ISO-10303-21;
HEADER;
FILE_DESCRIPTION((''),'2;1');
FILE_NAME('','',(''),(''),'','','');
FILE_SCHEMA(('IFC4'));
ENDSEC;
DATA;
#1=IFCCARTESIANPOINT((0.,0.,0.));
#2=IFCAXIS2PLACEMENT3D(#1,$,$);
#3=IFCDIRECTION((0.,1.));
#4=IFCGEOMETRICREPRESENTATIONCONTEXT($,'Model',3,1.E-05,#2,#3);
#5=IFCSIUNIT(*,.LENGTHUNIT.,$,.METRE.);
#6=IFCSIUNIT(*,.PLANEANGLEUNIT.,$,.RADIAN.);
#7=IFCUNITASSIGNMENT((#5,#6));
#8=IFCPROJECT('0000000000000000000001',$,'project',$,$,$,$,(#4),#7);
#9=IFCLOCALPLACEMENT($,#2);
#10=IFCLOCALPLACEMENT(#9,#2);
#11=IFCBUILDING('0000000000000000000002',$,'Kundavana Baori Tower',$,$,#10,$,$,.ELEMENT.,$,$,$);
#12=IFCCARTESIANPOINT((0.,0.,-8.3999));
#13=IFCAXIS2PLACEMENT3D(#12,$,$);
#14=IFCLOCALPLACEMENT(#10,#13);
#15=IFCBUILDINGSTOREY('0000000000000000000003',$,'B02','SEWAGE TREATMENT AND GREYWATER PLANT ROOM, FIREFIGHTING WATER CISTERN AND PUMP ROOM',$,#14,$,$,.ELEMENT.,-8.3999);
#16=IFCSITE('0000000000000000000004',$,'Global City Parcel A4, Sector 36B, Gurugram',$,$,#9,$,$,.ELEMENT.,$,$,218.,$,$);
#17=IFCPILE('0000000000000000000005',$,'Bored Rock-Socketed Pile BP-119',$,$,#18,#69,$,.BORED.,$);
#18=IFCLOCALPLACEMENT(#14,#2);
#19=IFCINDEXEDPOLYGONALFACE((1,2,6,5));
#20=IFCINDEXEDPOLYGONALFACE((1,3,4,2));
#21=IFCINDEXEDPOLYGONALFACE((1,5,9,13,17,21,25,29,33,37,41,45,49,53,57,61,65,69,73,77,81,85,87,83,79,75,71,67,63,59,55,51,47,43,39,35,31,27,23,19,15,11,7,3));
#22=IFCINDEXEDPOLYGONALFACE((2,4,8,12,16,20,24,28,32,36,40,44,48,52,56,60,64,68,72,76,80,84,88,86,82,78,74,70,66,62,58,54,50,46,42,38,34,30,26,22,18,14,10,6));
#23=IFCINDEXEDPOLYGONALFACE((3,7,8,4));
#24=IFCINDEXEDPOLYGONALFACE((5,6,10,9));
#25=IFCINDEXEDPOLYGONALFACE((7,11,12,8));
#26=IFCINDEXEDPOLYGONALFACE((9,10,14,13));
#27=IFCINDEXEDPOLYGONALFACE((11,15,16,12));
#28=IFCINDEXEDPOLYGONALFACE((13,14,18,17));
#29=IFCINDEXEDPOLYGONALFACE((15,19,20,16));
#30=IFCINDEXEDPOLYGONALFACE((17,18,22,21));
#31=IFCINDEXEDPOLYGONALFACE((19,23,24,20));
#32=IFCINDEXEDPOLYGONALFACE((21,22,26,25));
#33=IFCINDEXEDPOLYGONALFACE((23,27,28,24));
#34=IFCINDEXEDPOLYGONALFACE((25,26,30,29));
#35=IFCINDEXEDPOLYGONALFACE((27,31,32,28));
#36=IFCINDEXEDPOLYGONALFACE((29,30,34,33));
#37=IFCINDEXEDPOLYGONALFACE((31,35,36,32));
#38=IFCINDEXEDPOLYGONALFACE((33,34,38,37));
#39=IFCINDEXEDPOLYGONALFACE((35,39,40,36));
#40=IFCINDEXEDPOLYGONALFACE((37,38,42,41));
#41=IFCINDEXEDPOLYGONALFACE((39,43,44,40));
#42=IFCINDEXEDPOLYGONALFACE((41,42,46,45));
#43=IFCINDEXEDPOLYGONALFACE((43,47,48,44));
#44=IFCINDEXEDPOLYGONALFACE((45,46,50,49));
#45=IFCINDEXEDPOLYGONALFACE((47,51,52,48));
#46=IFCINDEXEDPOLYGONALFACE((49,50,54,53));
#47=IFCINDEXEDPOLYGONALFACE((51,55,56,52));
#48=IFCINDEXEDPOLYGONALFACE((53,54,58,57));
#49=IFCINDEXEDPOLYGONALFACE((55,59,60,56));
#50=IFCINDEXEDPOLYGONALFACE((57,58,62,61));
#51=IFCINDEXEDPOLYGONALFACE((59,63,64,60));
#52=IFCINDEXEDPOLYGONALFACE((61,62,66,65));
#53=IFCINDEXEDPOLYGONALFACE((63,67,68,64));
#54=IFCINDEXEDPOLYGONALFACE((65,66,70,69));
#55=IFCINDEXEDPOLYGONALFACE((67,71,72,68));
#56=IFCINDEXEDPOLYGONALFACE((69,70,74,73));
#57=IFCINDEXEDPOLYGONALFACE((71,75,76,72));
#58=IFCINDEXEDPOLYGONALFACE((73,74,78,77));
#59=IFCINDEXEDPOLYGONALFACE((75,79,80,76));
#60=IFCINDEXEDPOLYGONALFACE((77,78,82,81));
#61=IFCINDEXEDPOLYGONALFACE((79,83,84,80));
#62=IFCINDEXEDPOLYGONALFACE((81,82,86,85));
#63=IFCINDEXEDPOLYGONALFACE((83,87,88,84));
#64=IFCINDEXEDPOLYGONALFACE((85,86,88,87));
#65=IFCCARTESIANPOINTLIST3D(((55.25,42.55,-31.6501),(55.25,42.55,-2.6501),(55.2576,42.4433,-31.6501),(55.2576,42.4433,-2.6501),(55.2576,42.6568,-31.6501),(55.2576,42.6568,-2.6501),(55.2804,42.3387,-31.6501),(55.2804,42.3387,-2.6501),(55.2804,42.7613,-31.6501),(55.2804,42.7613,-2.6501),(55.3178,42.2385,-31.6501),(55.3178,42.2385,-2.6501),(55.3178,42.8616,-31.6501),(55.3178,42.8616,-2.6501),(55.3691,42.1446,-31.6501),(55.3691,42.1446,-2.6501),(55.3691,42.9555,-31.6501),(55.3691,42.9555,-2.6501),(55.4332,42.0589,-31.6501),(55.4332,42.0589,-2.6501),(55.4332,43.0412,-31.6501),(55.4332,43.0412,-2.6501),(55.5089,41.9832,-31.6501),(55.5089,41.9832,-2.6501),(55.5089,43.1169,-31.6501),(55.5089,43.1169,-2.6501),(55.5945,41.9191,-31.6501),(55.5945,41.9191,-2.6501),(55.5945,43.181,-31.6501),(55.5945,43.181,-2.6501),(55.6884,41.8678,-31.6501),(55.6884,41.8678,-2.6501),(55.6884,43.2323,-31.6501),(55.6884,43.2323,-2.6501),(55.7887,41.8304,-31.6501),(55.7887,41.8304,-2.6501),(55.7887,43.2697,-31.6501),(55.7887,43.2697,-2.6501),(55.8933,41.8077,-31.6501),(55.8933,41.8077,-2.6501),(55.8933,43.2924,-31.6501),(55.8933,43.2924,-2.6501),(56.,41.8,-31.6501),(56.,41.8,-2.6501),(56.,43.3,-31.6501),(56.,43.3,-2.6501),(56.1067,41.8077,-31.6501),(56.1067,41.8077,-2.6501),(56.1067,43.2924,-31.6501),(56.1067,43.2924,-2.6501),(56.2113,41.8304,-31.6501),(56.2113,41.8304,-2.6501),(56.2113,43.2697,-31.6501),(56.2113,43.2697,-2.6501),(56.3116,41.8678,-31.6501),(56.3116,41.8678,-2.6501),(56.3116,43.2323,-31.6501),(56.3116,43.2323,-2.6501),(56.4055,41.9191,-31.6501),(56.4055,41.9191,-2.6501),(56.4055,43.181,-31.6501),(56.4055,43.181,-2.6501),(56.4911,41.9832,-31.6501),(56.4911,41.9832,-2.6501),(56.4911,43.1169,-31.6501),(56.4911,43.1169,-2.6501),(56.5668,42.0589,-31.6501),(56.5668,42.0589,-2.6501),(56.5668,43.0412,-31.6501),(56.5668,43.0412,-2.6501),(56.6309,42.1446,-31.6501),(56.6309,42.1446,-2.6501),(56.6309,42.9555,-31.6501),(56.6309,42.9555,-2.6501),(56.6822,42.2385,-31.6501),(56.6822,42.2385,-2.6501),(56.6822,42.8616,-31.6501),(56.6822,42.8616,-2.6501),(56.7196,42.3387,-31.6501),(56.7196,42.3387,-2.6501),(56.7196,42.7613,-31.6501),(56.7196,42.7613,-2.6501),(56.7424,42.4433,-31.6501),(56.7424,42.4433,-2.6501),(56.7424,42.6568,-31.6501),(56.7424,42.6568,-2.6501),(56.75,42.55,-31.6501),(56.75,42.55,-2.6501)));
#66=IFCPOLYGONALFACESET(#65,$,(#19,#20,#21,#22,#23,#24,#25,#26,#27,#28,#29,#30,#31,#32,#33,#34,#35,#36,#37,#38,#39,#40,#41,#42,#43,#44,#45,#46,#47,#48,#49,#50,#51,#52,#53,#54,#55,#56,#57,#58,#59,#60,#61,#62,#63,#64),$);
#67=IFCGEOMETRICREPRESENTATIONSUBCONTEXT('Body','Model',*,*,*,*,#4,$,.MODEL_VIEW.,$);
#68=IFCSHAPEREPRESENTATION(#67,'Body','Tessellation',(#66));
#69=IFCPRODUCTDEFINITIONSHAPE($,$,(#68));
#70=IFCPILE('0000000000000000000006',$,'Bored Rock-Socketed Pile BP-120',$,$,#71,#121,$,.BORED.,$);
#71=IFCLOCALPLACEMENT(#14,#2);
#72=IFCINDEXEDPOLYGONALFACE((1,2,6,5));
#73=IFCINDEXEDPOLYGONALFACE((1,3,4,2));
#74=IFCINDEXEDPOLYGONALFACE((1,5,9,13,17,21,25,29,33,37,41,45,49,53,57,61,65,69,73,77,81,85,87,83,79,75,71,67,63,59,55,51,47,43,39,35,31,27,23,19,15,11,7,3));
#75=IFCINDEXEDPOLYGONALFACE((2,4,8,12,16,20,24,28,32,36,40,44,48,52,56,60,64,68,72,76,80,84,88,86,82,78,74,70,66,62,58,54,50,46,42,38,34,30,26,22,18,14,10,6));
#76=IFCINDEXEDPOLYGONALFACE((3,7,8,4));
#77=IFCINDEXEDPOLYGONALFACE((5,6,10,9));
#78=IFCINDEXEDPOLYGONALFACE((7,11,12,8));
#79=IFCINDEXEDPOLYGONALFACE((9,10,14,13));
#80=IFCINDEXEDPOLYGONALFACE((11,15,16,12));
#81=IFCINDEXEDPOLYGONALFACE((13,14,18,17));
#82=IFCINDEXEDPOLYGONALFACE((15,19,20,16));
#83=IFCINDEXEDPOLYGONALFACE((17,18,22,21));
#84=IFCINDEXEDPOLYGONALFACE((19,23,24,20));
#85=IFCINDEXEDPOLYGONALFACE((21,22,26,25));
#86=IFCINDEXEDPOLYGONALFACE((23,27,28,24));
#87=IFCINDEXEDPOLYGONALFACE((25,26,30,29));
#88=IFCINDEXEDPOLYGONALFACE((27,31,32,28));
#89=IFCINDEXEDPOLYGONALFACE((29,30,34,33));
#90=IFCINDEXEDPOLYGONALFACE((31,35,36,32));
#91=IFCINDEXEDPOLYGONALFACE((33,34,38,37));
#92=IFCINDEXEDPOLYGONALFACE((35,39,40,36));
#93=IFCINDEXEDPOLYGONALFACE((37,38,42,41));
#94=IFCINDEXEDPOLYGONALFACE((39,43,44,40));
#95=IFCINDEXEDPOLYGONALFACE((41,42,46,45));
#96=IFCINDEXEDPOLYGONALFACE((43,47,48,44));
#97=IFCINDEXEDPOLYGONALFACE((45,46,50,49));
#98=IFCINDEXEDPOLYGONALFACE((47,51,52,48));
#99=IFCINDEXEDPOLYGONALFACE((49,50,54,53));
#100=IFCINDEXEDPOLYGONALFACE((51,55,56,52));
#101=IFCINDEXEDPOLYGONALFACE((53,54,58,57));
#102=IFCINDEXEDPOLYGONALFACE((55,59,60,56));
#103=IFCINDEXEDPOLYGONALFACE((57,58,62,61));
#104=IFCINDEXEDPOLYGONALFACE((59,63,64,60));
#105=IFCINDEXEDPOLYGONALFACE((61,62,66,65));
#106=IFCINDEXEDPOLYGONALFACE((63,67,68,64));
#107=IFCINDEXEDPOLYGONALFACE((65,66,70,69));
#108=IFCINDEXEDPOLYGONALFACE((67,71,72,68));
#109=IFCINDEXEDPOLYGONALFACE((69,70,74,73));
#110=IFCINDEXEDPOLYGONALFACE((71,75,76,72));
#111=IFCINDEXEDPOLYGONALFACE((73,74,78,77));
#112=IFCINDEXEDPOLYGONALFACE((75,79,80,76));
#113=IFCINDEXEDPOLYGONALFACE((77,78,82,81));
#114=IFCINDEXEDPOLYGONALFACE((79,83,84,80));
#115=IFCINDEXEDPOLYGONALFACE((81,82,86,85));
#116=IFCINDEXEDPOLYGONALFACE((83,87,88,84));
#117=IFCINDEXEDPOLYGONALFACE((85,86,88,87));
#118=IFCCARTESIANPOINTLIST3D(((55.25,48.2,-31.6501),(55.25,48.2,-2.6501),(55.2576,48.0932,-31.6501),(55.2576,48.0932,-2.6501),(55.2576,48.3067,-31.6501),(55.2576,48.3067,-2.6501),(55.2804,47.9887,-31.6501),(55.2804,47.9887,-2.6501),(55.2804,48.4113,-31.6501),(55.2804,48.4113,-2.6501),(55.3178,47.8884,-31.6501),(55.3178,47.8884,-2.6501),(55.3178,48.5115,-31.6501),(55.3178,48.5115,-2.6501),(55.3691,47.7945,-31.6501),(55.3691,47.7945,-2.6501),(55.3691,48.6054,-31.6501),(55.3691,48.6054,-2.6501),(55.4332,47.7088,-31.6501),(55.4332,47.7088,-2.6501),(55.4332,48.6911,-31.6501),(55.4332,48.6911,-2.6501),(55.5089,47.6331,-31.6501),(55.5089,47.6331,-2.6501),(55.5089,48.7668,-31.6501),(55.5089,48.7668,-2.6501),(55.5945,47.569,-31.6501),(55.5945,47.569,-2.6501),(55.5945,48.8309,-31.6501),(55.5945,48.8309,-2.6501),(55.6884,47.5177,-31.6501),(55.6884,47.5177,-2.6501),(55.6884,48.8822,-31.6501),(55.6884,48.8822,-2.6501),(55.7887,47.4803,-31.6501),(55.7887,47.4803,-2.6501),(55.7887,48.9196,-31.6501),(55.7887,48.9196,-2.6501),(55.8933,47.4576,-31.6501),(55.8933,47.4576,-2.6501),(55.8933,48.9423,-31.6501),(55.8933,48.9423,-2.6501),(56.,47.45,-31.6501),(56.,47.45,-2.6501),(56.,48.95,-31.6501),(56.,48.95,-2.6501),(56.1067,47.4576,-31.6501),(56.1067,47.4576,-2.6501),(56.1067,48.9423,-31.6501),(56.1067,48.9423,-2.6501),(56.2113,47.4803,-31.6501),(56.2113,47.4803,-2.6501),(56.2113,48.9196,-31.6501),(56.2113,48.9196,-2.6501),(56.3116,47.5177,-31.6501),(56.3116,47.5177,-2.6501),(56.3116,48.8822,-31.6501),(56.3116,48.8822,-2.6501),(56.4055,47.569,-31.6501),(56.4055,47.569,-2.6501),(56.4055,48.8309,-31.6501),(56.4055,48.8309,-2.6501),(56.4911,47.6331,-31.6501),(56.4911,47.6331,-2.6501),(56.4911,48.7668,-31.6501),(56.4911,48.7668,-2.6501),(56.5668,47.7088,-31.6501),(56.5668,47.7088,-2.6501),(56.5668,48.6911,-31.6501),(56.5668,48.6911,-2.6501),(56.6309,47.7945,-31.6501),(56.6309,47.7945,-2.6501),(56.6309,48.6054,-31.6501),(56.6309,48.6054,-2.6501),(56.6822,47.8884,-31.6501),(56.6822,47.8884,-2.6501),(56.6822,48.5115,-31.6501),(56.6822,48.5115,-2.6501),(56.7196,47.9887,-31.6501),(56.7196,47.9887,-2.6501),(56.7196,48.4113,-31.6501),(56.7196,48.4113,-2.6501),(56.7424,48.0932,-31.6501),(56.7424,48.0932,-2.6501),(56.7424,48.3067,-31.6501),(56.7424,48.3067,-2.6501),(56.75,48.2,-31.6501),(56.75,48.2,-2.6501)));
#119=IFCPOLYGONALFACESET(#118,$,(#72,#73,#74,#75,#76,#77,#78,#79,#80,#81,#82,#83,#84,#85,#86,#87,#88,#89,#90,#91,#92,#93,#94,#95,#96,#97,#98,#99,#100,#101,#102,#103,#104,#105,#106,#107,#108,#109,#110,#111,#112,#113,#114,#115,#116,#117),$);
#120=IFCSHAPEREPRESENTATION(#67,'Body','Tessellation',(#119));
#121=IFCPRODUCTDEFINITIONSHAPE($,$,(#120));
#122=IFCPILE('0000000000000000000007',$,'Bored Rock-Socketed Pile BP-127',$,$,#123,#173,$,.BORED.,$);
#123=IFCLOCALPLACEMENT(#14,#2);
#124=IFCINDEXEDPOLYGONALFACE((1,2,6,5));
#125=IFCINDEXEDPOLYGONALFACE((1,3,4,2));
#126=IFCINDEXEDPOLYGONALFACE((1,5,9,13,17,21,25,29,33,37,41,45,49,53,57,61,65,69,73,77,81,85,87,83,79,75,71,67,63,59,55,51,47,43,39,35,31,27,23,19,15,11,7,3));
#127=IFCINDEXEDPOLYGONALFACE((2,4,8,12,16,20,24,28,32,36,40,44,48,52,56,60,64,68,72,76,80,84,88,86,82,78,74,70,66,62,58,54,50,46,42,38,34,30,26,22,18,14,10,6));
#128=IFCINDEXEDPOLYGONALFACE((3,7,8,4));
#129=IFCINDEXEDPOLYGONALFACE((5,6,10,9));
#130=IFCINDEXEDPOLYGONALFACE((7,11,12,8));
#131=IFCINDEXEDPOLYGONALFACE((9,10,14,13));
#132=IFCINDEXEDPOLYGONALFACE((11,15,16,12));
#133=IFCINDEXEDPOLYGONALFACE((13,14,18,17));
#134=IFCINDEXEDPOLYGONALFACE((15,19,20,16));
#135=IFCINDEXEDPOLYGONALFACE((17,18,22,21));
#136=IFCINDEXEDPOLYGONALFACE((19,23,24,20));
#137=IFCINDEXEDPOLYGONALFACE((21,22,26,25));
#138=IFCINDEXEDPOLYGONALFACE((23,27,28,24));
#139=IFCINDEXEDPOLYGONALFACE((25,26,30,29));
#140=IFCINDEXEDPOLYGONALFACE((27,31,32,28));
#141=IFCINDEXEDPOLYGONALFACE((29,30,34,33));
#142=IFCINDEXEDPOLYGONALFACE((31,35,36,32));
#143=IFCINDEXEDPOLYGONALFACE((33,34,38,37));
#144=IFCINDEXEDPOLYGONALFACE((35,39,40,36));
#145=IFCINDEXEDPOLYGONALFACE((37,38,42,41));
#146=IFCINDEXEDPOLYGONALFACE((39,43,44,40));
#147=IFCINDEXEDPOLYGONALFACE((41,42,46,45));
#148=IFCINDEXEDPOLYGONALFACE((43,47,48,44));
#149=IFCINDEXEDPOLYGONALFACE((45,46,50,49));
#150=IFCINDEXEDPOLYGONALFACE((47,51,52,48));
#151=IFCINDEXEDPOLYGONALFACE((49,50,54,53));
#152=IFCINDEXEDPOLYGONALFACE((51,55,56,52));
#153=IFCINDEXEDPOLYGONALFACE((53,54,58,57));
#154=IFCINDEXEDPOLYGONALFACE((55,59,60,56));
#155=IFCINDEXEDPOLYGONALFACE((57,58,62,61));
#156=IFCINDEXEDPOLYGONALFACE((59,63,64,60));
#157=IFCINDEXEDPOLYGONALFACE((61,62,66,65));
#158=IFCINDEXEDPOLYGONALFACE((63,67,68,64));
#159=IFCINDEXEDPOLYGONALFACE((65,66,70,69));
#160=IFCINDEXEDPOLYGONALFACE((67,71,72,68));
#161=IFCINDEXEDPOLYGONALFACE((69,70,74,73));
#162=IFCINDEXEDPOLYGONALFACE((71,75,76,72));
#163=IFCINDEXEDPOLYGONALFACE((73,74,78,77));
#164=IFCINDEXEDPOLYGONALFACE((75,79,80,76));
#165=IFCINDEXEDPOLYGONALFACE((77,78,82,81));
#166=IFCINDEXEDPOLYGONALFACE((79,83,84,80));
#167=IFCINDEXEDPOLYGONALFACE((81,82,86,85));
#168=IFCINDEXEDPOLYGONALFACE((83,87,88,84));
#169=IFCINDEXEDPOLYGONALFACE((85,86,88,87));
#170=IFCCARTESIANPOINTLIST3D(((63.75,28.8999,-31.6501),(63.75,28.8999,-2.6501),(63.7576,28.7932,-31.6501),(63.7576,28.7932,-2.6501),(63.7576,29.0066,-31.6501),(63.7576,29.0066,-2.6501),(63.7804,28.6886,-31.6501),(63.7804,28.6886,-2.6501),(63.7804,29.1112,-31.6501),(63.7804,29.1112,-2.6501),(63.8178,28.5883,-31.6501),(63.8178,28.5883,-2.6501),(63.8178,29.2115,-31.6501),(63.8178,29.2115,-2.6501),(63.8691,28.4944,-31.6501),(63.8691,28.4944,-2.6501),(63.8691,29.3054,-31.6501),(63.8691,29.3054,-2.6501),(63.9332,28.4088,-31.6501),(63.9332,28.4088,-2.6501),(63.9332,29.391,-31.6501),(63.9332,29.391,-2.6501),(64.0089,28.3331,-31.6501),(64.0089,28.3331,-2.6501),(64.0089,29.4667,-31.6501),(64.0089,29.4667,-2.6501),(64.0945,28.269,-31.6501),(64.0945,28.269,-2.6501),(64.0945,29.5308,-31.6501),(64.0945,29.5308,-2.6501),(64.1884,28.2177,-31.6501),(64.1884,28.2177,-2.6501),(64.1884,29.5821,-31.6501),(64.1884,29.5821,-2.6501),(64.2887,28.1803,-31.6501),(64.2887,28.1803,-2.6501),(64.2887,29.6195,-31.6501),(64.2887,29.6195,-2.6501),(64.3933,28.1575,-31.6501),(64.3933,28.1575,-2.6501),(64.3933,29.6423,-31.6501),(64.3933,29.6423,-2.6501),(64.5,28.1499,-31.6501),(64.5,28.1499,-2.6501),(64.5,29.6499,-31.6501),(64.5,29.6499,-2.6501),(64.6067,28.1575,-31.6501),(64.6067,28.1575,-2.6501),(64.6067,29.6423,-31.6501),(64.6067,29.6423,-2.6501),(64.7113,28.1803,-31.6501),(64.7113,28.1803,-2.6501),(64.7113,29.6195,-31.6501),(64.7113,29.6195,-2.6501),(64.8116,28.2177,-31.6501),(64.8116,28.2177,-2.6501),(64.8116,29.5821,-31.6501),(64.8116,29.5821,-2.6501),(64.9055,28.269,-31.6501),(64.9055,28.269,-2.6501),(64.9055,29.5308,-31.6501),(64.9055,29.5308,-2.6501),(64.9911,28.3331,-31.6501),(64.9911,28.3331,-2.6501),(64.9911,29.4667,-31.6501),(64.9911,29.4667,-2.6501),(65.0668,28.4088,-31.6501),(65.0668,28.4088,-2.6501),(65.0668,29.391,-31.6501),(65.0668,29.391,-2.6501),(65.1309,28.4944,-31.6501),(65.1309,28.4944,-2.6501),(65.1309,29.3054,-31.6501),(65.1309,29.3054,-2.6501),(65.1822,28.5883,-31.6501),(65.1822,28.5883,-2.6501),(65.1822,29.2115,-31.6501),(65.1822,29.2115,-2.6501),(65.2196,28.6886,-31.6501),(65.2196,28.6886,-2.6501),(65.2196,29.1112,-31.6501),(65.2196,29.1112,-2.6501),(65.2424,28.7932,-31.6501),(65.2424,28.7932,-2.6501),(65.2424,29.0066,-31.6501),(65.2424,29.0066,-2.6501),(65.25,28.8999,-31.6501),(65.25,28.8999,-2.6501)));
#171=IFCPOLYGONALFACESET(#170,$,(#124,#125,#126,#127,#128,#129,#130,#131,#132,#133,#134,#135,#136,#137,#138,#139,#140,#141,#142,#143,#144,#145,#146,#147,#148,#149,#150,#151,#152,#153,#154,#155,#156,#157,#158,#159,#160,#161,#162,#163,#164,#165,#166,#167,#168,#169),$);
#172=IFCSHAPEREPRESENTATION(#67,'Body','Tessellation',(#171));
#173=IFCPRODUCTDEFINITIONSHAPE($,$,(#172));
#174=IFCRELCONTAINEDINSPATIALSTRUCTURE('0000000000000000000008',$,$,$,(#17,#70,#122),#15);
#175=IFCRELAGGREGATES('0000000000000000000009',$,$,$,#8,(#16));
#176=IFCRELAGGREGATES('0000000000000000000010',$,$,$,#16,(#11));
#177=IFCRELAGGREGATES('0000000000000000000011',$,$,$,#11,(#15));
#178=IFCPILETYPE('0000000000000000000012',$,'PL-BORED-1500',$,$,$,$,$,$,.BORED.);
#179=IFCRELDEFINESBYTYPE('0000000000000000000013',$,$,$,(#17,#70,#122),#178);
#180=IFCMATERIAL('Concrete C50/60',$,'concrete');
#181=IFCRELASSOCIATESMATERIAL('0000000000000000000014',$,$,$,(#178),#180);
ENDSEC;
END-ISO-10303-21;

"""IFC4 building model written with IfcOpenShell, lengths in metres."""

from ifc_helpers import new_model, si_unit, direction, frame, origin, origin_2d, place, context, subcontext, project, spatial, circle, extrude, material, material_profile, profile_set, type_object, element, save


model = new_model("IFC4")

# Units and contexts
model_context = context("Model", 3, precision=1e-05, world=origin(), true_north=direction((0.0, 1.0)))
body_context = subcontext(model_context, "Body", "Model", "MODEL_VIEW")
ifc_project = project(units=[si_unit("LENGTHUNIT", "METRE"), si_unit("PLANEANGLEUNIT", "RADIAN")], contexts=[model_context])

# Site, building, storey
site_placement = place(None, origin())
site = spatial("IfcSite", under=ifc_project, at=site_placement, Name="Global City Parcel A4, Sector 36B, Gurugram", CompositionType="ELEMENT", RefElevation=218.0)
building_placement = place(site_placement, origin())
building = spatial("IfcBuilding", under=site, at=building_placement, Name="Kundavana Baori Tower", CompositionType="ELEMENT")
storey_placement = place(building_placement, frame((0.0, 0.0, -8.3999)))
storey = spatial("IfcBuildingStorey", under=building, at=storey_placement, Name="B02", Description="SEWAGE TREATMENT AND GREYWATER PLANT ROOM, FIREFIGHTING WATER CISTERN AND PUMP ROOM", CompositionType="ELEMENT", Elevation=-8.3999)

# Piles
ifc_material_1 = material(Name="Concrete C50/60", Category="concrete")
ifc_material_profile_1 = material_profile(ifc_material_1, circle(Radius=0.75, at=origin_2d()), Name="BORED PILE D1500")
ifc_profile_set_1 = profile_set([ifc_material_profile_1], Name="Concrete C50/60")
pile_type_1 = type_object("IfcPileType", Name="PL-BORED-1500", PredefinedType="BORED", material=ifc_profile_set_1)
for number, where, z_axis, x_axis, name in (
    (1, (56.0, 42.55, -2.6501), (0.0, 0.0, -1.0), (1.0, 0.0, 0.0), "Bored Rock-Socketed Pile BP-119"),
    (2, (56.0, 48.2, -2.6501), (0.0, 0.0, -1.0), (1.0, 0.0, 0.0), "Bored Rock-Socketed Pile BP-120"),
    (3, (64.5, 28.8999, -2.6501), (0.0, 0.0, -1.0), (1.0, 0.0, 0.0), "Bored Rock-Socketed Pile BP-127"),
):
    element("IfcPile", number, at=place(storey_placement, frame(where, z_axis=z_axis, x_axis=x_axis)), inside=storey, type_object=pile_type_1, Name=name, PredefinedType="BORED", context=body_context, shape_type="SweptSolid", body=[
        extrude(circle(Radius=0.75, at=origin_2d()), origin(), (0.0, 0.0, 1.0), 29.0),
    ])

save(model, "model.ifc")
